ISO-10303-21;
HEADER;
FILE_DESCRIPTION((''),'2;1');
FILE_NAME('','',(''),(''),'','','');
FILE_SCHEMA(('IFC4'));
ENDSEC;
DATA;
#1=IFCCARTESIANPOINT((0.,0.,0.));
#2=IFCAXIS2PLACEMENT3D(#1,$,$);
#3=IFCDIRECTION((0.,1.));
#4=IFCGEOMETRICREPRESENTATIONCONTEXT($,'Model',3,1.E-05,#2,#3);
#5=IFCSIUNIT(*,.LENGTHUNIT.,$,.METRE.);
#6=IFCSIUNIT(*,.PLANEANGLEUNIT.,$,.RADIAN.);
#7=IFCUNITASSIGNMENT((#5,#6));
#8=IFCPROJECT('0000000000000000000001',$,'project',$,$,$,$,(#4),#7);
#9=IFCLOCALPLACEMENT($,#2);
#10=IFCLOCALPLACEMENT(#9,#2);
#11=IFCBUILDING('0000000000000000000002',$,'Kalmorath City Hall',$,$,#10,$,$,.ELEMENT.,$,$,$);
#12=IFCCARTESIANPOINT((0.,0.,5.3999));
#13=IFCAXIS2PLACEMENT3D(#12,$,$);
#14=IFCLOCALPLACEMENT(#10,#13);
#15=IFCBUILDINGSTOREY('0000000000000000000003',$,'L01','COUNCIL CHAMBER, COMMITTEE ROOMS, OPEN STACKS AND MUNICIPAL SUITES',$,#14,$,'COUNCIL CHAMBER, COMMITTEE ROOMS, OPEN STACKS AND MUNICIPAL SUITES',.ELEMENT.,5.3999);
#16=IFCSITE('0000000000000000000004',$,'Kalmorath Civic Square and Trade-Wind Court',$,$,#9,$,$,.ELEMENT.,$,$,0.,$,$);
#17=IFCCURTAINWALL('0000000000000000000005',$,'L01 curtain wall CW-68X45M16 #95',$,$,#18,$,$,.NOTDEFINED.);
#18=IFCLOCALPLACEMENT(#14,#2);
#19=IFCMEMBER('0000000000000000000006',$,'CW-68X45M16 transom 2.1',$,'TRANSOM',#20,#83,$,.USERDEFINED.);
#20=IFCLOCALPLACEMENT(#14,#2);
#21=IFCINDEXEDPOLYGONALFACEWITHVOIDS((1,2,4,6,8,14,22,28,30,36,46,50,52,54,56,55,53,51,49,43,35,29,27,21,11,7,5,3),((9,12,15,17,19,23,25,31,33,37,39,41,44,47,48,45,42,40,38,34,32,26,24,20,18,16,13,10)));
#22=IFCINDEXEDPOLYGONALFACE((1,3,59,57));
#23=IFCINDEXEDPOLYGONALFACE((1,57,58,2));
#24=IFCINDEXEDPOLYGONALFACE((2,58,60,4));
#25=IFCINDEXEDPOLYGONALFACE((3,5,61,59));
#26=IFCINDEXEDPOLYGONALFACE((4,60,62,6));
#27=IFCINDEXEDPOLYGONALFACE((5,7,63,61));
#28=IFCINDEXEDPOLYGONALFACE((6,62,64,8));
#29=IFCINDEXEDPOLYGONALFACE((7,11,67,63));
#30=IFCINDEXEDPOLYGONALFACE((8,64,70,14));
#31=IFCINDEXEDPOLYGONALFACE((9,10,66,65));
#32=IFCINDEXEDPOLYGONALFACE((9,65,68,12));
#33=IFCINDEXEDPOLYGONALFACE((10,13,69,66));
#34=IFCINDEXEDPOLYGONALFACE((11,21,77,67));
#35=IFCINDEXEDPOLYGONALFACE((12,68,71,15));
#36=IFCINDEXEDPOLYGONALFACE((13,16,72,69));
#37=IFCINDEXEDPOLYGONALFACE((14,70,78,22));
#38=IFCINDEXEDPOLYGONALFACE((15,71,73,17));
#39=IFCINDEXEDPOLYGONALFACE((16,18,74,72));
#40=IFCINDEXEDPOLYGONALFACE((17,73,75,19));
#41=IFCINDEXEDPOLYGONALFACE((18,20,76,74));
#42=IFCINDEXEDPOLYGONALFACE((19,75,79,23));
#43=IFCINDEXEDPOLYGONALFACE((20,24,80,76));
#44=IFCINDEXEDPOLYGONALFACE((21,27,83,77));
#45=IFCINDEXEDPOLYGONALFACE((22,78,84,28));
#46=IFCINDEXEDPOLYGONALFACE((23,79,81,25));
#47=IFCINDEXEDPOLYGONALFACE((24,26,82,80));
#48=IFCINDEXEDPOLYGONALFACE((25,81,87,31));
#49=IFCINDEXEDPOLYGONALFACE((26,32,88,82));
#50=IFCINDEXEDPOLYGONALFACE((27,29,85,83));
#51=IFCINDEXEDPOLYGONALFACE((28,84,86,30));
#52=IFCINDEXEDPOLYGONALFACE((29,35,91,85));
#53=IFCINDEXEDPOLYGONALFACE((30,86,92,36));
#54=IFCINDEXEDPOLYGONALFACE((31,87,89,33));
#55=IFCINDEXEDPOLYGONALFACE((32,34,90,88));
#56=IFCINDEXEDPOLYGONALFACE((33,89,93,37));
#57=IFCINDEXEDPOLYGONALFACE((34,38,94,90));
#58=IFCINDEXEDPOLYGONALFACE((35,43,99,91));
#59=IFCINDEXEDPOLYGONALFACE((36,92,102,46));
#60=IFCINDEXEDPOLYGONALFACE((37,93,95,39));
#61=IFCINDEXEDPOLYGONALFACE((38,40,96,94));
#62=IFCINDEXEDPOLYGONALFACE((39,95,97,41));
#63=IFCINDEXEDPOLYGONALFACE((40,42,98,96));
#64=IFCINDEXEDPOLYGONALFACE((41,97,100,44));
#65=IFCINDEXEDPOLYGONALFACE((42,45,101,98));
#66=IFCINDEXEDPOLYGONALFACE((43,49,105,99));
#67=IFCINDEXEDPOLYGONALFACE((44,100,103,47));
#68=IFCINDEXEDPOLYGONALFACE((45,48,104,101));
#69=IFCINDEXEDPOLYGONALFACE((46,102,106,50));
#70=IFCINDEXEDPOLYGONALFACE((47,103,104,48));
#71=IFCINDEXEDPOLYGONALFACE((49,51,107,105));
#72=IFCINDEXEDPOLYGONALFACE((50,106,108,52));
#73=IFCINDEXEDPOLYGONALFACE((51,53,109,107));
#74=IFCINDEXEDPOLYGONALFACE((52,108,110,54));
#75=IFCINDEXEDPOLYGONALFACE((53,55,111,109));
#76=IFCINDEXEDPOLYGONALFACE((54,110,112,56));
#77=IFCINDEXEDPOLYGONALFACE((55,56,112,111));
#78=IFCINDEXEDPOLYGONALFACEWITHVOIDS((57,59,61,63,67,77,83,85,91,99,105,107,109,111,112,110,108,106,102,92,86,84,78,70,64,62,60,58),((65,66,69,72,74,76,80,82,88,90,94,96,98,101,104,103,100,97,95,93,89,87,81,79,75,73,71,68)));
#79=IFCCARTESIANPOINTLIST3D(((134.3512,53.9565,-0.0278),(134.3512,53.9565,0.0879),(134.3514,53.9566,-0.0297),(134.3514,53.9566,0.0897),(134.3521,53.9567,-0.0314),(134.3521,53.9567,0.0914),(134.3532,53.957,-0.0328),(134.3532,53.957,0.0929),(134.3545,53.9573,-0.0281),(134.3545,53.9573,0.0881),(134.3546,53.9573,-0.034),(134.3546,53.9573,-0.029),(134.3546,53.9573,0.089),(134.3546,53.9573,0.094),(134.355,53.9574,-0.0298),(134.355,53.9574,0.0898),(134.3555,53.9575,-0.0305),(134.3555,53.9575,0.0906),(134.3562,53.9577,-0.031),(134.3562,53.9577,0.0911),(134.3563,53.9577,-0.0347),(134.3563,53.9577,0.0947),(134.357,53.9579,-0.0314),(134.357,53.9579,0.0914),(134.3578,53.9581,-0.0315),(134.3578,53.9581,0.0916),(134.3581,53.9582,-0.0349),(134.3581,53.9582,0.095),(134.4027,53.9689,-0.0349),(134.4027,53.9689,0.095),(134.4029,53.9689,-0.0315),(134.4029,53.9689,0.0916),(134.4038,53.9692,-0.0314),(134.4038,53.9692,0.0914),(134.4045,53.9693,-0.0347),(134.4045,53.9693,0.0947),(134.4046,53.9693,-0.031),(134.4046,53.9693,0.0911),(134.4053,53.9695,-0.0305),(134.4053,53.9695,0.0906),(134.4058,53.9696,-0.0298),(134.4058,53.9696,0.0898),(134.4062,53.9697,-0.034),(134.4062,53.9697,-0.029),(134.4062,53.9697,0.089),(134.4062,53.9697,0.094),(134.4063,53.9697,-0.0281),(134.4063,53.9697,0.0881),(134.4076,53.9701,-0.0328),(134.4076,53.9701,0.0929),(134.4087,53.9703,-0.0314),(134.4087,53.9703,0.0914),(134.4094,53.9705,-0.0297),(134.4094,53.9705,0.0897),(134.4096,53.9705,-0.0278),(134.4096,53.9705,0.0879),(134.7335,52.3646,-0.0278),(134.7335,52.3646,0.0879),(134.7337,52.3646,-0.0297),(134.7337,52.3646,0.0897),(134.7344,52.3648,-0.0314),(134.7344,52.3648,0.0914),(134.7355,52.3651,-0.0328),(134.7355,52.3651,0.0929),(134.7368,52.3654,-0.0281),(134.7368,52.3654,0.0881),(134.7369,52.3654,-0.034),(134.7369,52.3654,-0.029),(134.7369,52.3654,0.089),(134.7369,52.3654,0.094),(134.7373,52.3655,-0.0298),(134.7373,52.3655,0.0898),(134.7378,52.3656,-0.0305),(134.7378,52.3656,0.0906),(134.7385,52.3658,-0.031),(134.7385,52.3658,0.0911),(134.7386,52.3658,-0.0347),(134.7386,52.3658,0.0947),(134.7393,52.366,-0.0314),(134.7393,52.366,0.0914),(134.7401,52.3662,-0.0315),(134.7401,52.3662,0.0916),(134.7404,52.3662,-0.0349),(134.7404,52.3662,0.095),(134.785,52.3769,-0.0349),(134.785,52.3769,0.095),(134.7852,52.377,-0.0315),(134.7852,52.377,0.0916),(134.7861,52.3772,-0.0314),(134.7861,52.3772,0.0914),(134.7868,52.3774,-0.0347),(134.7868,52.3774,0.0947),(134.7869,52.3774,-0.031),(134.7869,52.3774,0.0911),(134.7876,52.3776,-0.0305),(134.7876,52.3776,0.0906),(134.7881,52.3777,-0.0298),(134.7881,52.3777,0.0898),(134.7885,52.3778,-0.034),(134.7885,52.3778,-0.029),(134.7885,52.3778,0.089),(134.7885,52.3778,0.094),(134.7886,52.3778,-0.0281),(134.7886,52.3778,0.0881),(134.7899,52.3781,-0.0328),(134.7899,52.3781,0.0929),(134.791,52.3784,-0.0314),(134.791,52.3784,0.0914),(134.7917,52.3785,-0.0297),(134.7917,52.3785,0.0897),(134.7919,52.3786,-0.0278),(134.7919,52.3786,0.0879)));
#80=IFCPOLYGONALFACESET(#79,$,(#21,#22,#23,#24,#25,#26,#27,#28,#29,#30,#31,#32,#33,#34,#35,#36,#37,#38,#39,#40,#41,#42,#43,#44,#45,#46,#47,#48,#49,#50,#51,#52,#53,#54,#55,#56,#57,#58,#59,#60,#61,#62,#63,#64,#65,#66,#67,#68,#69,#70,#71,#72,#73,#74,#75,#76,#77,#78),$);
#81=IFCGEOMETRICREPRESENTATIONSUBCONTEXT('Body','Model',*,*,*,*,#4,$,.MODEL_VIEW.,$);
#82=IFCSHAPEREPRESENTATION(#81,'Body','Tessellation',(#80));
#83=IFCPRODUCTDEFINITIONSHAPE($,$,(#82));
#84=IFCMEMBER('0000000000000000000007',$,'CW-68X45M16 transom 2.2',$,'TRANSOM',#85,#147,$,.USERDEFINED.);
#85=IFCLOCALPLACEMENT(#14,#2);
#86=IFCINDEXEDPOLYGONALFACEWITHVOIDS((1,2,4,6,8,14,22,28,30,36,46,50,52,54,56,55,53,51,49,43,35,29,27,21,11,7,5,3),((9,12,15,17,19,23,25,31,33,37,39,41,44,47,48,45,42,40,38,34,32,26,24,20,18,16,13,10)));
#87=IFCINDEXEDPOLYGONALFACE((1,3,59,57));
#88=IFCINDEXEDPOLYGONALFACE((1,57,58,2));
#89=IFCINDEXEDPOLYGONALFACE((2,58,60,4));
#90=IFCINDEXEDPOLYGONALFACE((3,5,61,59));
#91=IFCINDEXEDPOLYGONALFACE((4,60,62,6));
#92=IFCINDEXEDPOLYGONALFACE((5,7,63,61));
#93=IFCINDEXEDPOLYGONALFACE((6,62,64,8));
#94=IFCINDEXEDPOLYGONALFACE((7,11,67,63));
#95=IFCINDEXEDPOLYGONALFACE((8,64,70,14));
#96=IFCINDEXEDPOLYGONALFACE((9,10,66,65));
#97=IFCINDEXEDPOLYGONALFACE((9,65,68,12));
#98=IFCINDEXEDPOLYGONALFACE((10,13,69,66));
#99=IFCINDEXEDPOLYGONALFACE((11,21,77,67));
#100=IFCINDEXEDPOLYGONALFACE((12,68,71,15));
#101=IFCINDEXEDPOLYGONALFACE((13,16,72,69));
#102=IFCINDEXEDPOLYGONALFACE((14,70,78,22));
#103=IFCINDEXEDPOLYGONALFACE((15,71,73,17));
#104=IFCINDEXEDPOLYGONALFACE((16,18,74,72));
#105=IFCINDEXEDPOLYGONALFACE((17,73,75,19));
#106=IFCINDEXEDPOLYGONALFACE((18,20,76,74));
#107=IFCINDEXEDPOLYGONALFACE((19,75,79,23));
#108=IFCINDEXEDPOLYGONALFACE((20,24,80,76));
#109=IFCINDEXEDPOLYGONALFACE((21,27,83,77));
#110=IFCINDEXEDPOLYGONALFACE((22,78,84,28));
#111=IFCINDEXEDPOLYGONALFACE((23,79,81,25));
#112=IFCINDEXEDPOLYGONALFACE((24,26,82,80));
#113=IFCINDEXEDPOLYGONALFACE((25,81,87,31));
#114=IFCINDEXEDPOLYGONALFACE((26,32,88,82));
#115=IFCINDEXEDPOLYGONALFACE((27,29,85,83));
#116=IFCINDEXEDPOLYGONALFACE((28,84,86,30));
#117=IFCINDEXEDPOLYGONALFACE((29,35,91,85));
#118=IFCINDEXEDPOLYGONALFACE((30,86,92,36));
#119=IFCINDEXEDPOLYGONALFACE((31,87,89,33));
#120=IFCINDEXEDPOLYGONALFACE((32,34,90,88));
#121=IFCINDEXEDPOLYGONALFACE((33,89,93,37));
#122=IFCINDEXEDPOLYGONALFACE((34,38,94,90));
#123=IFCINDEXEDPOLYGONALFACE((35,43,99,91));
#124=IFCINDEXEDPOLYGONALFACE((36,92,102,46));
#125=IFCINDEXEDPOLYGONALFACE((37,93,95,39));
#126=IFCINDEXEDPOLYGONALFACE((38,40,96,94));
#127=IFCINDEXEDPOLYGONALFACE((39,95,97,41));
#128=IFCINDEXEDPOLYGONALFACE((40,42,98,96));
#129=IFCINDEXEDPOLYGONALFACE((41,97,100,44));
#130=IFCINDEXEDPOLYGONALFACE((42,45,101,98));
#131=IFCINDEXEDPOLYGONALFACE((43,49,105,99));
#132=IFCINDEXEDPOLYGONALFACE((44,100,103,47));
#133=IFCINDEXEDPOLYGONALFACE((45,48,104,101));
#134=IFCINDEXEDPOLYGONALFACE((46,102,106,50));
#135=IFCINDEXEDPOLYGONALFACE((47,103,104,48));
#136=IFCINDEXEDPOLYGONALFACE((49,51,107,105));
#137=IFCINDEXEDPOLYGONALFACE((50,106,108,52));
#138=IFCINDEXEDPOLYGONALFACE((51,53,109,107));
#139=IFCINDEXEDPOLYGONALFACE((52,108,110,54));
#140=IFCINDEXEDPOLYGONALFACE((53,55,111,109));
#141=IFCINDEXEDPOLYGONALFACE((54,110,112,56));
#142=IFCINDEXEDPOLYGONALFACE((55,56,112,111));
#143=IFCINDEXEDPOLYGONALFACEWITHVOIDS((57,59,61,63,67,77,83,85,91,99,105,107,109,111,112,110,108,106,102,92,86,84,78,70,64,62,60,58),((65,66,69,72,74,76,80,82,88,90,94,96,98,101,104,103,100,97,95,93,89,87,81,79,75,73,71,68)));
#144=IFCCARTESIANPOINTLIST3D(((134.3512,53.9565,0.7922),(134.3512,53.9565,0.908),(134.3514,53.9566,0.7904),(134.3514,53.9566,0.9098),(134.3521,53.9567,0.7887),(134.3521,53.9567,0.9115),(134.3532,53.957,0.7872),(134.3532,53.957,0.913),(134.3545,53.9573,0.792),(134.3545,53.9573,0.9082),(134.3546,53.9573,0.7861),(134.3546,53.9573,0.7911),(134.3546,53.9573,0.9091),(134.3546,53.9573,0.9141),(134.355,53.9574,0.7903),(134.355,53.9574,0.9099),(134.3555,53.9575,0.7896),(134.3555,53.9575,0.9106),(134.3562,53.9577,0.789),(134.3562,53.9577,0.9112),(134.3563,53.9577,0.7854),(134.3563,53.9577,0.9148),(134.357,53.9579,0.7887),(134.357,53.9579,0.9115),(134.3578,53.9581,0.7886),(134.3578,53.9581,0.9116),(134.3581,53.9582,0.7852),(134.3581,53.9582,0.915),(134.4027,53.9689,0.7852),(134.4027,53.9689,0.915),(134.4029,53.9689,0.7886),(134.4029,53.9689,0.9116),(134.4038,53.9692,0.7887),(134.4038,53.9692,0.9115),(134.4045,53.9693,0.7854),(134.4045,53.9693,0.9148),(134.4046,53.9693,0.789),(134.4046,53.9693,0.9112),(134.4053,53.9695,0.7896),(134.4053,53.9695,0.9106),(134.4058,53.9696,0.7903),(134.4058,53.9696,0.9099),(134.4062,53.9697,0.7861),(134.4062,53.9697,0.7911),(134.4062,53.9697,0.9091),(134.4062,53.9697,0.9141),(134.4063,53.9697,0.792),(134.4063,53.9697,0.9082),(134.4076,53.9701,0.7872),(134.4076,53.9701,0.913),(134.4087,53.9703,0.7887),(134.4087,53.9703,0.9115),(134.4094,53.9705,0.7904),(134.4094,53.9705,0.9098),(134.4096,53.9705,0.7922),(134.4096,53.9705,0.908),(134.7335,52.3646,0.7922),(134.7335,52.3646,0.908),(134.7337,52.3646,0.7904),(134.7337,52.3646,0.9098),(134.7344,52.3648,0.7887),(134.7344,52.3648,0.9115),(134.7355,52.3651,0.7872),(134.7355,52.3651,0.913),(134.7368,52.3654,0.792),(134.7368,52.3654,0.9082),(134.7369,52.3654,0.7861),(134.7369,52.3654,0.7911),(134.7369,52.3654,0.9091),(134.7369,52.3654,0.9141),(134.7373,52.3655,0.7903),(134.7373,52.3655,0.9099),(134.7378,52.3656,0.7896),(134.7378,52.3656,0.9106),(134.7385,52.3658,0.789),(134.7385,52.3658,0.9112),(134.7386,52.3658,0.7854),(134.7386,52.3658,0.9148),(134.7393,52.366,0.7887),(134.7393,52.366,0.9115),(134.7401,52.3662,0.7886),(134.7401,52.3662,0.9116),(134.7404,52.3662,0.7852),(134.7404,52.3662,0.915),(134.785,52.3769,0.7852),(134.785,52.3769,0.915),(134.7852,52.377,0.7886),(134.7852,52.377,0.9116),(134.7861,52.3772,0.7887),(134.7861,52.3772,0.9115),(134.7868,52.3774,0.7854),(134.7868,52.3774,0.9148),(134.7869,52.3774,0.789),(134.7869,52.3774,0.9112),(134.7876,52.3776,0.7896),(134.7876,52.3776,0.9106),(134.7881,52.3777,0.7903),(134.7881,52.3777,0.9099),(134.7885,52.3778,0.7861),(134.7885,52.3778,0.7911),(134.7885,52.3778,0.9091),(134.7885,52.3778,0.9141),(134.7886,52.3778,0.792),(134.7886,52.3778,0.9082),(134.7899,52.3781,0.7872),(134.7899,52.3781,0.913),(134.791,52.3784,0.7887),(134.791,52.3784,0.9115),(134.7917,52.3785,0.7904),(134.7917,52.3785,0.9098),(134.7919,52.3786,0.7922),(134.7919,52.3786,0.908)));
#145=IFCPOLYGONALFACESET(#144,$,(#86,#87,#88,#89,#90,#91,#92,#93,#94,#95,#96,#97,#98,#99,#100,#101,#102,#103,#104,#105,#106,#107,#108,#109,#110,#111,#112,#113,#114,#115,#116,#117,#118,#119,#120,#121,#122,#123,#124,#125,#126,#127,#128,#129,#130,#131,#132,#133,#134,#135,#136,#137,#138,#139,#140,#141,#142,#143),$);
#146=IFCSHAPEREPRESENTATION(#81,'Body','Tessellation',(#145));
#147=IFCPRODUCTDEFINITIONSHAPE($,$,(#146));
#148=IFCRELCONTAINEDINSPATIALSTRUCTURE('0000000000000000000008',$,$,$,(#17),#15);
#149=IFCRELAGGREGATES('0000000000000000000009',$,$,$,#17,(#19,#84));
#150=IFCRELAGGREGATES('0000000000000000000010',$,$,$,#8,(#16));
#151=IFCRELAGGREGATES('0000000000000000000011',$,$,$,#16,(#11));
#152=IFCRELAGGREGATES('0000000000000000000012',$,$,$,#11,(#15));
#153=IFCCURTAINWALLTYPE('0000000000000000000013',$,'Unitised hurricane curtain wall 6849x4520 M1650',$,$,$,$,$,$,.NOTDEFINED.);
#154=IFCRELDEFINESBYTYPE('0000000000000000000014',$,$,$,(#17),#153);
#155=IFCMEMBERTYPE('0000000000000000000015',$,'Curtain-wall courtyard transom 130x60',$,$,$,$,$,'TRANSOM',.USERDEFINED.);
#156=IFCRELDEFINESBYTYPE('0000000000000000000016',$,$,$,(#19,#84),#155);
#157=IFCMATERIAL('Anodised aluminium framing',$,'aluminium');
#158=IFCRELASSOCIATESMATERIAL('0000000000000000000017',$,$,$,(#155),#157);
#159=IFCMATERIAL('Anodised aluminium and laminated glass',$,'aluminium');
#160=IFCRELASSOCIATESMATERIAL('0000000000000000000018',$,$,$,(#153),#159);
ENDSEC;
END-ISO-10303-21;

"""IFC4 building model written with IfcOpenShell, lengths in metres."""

from ifc_helpers import new_model, si_unit, direction, frame, origin, origin_2d, place, context, subcontext, project, spatial, hollow_rectangle, extrude, material, material_profile, profile_set, type_object, element, aggregate, save


model = new_model("IFC4")

# Units and contexts
model_context = context("Model", 3, precision=1e-05, world=origin(), true_north=direction((0.0, 1.0)))
body_context = subcontext(model_context, "Body", "Model", "MODEL_VIEW")
ifc_project = project(units=[si_unit("LENGTHUNIT", "METRE"), si_unit("PLANEANGLEUNIT", "RADIAN")], contexts=[model_context])

# Site, building, storey
site_placement = place(None, origin())
site = spatial("IfcSite", under=ifc_project, at=site_placement, Name="Kalmorath Civic Square and Trade-Wind Court", CompositionType="ELEMENT", RefElevation=0.0)
building_placement = place(site_placement, origin())
building = spatial("IfcBuilding", under=site, at=building_placement, Name="Kalmorath City Hall", CompositionType="ELEMENT")
storey_placement = place(building_placement, frame((0.0, 0.0, 5.3999)))
storey = spatial("IfcBuildingStorey", under=building, at=storey_placement, Name="L01", Description="COUNCIL CHAMBER, COMMITTEE ROOMS, OPEN STACKS AND MUNICIPAL SUITES", LongName="COUNCIL CHAMBER, COMMITTEE ROOMS, OPEN STACKS AND MUNICIPAL SUITES", CompositionType="ELEMENT", Elevation=5.3999)

# Curtain wall, members
ifc_material_1 = material(Name="Anodised aluminium framing", Category="aluminium")
ifc_material_profile_1 = material_profile(ifc_material_1, hollow_rectangle(XDim=0.0601, YDim=0.1299, WallThickness=0.0034, InnerFilletRadius=0.0034, OuterFilletRadius=0.0071, at=origin_2d()), Name="ALU-TRN-130X60X3.5")
ifc_profile_set_1 = profile_set([ifc_material_profile_1], Name="Anodised aluminium framing")
member_type_1 = type_object("IfcMemberType", Name="Curtain-wall courtyard transom 130x60", ElementType="TRANSOM", PredefinedType="USERDEFINED", material=ifc_profile_set_1)
ifc_material_2 = material(Name="Anodised aluminium and laminated glass", Category="aluminium")
curtain_wall_type_1 = type_object("IfcCurtainWallType", Name="Unitised hurricane curtain wall 6849x4520 M1650", PredefinedType="NOTDEFINED", material=ifc_material_2)
curtain_wall_1_placement = place(storey_placement, origin())
curtain_wall_1 = element("IfcCurtainWall", 1, at=curtain_wall_1_placement, inside=storey, type_object=curtain_wall_type_1, Name="L01 curtain wall CW-68X45M16 #95", PredefinedType="NOTDEFINED")
member_1_placement = place(storey_placement, frame((134.7627, 52.3716, 0.03), z_axis=(-0.233508, 0.972355, 0.0), x_axis=(-0.972355, -0.233508, 0.0)))
member_1 = element("IfcMember", 2, at=member_1_placement, type_object=member_type_1, Name="CW-68X45M16 transom 2.1", ObjectType="TRANSOM", PredefinedType="USERDEFINED", context=body_context, shape_type="SweptSolid", body=[
    extrude(hollow_rectangle(XDim=0.0601, YDim=0.1299, WallThickness=0.0034, InnerFilletRadius=0.0034, OuterFilletRadius=0.0071, at=origin_2d()), origin(), (0.0, 0.0, 1.0), 1.6372),
])
member_2_placement = place(storey_placement, frame((134.7627, 52.3716, 0.8501), z_axis=(-0.233508, 0.972355, 0.0), x_axis=(-0.972355, -0.233508, 0.0)))
member_2 = element("IfcMember", 3, at=member_2_placement, type_object=member_type_1, Name="CW-68X45M16 transom 2.2", ObjectType="TRANSOM", PredefinedType="USERDEFINED", context=body_context, shape_type="SweptSolid", body=[
    extrude(hollow_rectangle(XDim=0.0601, YDim=0.1299, WallThickness=0.0034, InnerFilletRadius=0.0034, OuterFilletRadius=0.0071, at=origin_2d()), origin(), (0.0, 0.0, 1.0), 1.6372),
])

aggregate(curtain_wall_1, [member_1, member_2])

save(model, "model.ifc")
